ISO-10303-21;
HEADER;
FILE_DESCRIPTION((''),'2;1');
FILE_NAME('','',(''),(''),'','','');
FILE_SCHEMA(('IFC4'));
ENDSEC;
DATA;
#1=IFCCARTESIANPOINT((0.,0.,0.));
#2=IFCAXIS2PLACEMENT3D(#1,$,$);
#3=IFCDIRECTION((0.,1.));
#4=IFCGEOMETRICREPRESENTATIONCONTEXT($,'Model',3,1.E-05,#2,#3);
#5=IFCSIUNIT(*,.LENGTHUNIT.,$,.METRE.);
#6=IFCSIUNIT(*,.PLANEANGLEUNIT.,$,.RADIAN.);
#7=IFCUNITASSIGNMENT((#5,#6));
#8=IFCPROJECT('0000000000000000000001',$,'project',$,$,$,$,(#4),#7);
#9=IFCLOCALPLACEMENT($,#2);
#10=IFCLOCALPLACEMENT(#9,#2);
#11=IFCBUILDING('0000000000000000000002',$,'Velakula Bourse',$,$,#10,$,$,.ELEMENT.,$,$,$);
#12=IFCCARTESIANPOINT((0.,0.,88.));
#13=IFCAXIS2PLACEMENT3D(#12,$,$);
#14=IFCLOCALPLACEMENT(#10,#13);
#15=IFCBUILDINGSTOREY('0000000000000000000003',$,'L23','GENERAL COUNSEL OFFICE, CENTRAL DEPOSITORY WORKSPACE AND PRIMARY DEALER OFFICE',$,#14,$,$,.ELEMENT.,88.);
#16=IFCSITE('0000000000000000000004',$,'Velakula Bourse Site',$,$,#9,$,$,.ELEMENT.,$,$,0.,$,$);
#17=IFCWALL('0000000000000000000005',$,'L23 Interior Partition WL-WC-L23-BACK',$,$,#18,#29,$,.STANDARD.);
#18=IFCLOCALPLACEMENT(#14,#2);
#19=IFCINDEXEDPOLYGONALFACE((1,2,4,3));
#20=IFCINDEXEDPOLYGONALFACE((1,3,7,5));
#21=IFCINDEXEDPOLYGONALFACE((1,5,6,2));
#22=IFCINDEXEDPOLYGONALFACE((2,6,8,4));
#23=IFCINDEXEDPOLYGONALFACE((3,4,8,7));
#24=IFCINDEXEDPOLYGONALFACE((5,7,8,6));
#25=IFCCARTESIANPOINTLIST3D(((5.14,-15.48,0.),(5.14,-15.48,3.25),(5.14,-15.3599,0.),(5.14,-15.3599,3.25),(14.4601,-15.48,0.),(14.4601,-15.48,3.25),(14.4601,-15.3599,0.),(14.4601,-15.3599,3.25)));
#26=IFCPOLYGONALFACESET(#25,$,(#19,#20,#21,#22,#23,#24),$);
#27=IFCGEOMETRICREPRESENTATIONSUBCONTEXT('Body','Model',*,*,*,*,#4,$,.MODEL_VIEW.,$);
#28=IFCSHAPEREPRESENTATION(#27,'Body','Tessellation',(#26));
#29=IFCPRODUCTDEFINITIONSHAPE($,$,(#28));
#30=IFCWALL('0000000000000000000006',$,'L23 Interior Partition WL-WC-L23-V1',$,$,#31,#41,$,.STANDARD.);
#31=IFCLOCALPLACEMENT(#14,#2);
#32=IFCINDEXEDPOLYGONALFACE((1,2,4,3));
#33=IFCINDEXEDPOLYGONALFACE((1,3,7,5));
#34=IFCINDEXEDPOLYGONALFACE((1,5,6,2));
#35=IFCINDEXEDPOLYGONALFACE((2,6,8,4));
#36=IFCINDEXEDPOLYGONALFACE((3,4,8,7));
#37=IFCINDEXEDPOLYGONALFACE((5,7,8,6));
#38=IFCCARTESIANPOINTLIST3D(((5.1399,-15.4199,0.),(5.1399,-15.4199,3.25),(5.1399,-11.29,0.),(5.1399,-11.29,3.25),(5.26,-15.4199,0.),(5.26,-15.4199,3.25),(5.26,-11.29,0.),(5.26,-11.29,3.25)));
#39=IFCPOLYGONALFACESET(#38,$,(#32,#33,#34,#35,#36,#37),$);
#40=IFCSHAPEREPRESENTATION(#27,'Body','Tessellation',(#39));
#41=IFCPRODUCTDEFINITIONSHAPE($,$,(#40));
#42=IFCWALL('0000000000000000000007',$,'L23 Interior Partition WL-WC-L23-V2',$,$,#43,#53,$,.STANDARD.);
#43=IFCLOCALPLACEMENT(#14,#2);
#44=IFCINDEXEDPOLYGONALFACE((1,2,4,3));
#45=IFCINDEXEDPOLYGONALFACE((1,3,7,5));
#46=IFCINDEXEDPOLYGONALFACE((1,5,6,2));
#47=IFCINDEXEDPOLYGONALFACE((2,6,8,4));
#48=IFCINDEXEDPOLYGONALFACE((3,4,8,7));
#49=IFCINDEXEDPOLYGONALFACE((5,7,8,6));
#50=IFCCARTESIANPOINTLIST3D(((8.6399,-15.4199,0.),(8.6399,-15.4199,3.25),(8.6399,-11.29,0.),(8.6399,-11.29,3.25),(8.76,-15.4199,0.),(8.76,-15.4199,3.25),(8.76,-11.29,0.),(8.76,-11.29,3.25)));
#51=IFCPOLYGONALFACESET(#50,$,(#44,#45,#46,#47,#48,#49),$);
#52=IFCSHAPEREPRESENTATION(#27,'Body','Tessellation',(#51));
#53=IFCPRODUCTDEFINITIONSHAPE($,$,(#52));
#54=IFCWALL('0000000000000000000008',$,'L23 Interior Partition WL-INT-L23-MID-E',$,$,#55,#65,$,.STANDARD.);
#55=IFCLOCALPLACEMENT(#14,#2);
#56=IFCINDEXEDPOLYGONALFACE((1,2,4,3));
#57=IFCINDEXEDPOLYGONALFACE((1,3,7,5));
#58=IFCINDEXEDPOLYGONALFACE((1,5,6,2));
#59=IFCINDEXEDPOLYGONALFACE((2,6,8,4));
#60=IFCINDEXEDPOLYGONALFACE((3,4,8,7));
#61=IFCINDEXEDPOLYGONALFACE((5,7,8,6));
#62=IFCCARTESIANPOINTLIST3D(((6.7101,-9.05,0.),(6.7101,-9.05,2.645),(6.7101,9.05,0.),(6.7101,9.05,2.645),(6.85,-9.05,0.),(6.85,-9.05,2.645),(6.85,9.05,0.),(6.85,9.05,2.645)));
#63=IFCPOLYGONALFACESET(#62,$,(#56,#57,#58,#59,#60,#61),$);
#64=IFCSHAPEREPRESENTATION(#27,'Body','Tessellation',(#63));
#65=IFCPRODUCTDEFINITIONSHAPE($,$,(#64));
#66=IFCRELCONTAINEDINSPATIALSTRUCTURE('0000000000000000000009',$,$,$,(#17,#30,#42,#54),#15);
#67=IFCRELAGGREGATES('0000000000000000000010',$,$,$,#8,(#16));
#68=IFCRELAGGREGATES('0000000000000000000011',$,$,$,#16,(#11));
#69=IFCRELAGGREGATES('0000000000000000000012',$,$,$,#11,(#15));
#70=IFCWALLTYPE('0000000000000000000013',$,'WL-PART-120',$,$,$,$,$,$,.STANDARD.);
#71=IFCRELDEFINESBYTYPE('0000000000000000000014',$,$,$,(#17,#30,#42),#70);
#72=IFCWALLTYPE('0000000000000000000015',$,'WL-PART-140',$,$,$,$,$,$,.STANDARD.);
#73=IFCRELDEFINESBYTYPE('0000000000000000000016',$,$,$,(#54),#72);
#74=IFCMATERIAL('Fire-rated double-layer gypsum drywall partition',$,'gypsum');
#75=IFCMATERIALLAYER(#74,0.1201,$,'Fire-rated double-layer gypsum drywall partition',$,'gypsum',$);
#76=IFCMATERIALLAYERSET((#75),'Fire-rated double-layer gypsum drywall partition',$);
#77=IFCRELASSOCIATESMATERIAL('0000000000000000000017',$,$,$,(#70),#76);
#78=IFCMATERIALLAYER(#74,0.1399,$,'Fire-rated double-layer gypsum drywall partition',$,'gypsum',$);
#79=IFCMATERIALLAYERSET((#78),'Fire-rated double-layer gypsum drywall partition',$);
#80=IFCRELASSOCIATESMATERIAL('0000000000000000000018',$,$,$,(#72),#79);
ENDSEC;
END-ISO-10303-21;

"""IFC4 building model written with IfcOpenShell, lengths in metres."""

from ifc_helpers import new_model, si_unit, direction, frame, frame_2d, origin, place, context, subcontext, project, spatial, rectangle, extrude, material, layer, layer_set, type_object, element, save


model = new_model("IFC4")

# Units and contexts
model_context = context("Model", 3, precision=1e-05, world=origin(), true_north=direction((0.0, 1.0)))
body_context = subcontext(model_context, "Body", "Model", "MODEL_VIEW")
ifc_project = project(units=[si_unit("LENGTHUNIT", "METRE"), si_unit("PLANEANGLEUNIT", "RADIAN")], contexts=[model_context])

# Site, building, storey
site_placement = place(None, origin())
site = spatial("IfcSite", under=ifc_project, at=site_placement, Name="Velakula Bourse Site", CompositionType="ELEMENT", RefElevation=0.0)
building_placement = place(site_placement, origin())
building = spatial("IfcBuilding", under=site, at=building_placement, Name="Velakula Bourse", CompositionType="ELEMENT")
storey_placement = place(building_placement, frame((0.0, 0.0, 88.0)))
storey = spatial("IfcBuildingStorey", under=building, at=storey_placement, Name="L23", Description="GENERAL COUNSEL OFFICE, CENTRAL DEPOSITORY WORKSPACE AND PRIMARY DEALER OFFICE", CompositionType="ELEMENT", Elevation=88.0)

# Walls
ifc_material_1 = material(Name="Fire-rated double-layer gypsum drywall partition", Category="gypsum")
ifc_layer_1 = layer(ifc_material_1, 0.1201, Name="Fire-rated double-layer gypsum drywall partition", Category="gypsum")
ifc_layer_set_1 = layer_set([ifc_layer_1], Name="Fire-rated double-layer gypsum drywall partition")
wall_type_1 = type_object("IfcWallType", Name="WL-PART-120", PredefinedType="STANDARD", material=ifc_layer_set_1)
wall_1_placement = place(storey_placement, frame((5.1399, -15.4199, 0.0), z_axis=(0.0, 0.0, 1.0), x_axis=(1.0, 0.0, 0.0)))
element("IfcWall", 1, at=wall_1_placement, inside=storey, type_object=wall_type_1, Name="L23 Interior Partition WL-WC-L23-BACK", PredefinedType="STANDARD", context=body_context, shape_type="SweptSolid", body=[
    extrude(rectangle(XDim=9.3201, YDim=0.1201, at=frame_2d((4.6602, 0.0))), origin(), (0.0, 0.0, 1.0), 3.25),
])
for number, where, z_axis, x_axis, name in (
    (2, (5.2, -15.4199, 0.0), (0.0, 0.0, 1.0), (0.0, 1.0, 0.0), "L23 Interior Partition WL-WC-L23-V1"),
    (3, (8.7, -15.4199, 0.0), (0.0, 0.0, 1.0), (0.0, 1.0, 0.0), "L23 Interior Partition WL-WC-L23-V2"),
):
    element("IfcWall", number, at=place(storey_placement, frame(where, z_axis=z_axis, x_axis=x_axis)), inside=storey, type_object=wall_type_1, Name=name, PredefinedType="STANDARD", context=body_context, shape_type="SweptSolid", body=[
        extrude(rectangle(XDim=4.1299, YDim=0.1201, at=frame_2d((2.0649, 0.0))), origin(), (0.0, 0.0, 1.0), 3.25),
    ])
ifc_layer_2 = layer(ifc_material_1, 0.1399, Name="Fire-rated double-layer gypsum drywall partition", Category="gypsum")
ifc_layer_set_2 = layer_set([ifc_layer_2], Name="Fire-rated double-layer gypsum drywall partition")
wall_type_2 = type_object("IfcWallType", Name="WL-PART-140", PredefinedType="STANDARD", material=ifc_layer_set_2)
wall_2_placement = place(storey_placement, frame((6.78, -9.05, 0.0), z_axis=(0.0, 0.0, 1.0), x_axis=(0.0, 1.0, 0.0)))
element("IfcWall", 4, at=wall_2_placement, inside=storey, type_object=wall_type_2, Name="L23 Interior Partition WL-INT-L23-MID-E", PredefinedType="STANDARD", context=body_context, shape_type="SweptSolid", body=[
    extrude(rectangle(XDim=18.1001, YDim=0.1399, at=frame_2d((9.05, 0.0))), origin(), (0.0, 0.0, 1.0), 2.645),
])

save(model, "model.ifc")
